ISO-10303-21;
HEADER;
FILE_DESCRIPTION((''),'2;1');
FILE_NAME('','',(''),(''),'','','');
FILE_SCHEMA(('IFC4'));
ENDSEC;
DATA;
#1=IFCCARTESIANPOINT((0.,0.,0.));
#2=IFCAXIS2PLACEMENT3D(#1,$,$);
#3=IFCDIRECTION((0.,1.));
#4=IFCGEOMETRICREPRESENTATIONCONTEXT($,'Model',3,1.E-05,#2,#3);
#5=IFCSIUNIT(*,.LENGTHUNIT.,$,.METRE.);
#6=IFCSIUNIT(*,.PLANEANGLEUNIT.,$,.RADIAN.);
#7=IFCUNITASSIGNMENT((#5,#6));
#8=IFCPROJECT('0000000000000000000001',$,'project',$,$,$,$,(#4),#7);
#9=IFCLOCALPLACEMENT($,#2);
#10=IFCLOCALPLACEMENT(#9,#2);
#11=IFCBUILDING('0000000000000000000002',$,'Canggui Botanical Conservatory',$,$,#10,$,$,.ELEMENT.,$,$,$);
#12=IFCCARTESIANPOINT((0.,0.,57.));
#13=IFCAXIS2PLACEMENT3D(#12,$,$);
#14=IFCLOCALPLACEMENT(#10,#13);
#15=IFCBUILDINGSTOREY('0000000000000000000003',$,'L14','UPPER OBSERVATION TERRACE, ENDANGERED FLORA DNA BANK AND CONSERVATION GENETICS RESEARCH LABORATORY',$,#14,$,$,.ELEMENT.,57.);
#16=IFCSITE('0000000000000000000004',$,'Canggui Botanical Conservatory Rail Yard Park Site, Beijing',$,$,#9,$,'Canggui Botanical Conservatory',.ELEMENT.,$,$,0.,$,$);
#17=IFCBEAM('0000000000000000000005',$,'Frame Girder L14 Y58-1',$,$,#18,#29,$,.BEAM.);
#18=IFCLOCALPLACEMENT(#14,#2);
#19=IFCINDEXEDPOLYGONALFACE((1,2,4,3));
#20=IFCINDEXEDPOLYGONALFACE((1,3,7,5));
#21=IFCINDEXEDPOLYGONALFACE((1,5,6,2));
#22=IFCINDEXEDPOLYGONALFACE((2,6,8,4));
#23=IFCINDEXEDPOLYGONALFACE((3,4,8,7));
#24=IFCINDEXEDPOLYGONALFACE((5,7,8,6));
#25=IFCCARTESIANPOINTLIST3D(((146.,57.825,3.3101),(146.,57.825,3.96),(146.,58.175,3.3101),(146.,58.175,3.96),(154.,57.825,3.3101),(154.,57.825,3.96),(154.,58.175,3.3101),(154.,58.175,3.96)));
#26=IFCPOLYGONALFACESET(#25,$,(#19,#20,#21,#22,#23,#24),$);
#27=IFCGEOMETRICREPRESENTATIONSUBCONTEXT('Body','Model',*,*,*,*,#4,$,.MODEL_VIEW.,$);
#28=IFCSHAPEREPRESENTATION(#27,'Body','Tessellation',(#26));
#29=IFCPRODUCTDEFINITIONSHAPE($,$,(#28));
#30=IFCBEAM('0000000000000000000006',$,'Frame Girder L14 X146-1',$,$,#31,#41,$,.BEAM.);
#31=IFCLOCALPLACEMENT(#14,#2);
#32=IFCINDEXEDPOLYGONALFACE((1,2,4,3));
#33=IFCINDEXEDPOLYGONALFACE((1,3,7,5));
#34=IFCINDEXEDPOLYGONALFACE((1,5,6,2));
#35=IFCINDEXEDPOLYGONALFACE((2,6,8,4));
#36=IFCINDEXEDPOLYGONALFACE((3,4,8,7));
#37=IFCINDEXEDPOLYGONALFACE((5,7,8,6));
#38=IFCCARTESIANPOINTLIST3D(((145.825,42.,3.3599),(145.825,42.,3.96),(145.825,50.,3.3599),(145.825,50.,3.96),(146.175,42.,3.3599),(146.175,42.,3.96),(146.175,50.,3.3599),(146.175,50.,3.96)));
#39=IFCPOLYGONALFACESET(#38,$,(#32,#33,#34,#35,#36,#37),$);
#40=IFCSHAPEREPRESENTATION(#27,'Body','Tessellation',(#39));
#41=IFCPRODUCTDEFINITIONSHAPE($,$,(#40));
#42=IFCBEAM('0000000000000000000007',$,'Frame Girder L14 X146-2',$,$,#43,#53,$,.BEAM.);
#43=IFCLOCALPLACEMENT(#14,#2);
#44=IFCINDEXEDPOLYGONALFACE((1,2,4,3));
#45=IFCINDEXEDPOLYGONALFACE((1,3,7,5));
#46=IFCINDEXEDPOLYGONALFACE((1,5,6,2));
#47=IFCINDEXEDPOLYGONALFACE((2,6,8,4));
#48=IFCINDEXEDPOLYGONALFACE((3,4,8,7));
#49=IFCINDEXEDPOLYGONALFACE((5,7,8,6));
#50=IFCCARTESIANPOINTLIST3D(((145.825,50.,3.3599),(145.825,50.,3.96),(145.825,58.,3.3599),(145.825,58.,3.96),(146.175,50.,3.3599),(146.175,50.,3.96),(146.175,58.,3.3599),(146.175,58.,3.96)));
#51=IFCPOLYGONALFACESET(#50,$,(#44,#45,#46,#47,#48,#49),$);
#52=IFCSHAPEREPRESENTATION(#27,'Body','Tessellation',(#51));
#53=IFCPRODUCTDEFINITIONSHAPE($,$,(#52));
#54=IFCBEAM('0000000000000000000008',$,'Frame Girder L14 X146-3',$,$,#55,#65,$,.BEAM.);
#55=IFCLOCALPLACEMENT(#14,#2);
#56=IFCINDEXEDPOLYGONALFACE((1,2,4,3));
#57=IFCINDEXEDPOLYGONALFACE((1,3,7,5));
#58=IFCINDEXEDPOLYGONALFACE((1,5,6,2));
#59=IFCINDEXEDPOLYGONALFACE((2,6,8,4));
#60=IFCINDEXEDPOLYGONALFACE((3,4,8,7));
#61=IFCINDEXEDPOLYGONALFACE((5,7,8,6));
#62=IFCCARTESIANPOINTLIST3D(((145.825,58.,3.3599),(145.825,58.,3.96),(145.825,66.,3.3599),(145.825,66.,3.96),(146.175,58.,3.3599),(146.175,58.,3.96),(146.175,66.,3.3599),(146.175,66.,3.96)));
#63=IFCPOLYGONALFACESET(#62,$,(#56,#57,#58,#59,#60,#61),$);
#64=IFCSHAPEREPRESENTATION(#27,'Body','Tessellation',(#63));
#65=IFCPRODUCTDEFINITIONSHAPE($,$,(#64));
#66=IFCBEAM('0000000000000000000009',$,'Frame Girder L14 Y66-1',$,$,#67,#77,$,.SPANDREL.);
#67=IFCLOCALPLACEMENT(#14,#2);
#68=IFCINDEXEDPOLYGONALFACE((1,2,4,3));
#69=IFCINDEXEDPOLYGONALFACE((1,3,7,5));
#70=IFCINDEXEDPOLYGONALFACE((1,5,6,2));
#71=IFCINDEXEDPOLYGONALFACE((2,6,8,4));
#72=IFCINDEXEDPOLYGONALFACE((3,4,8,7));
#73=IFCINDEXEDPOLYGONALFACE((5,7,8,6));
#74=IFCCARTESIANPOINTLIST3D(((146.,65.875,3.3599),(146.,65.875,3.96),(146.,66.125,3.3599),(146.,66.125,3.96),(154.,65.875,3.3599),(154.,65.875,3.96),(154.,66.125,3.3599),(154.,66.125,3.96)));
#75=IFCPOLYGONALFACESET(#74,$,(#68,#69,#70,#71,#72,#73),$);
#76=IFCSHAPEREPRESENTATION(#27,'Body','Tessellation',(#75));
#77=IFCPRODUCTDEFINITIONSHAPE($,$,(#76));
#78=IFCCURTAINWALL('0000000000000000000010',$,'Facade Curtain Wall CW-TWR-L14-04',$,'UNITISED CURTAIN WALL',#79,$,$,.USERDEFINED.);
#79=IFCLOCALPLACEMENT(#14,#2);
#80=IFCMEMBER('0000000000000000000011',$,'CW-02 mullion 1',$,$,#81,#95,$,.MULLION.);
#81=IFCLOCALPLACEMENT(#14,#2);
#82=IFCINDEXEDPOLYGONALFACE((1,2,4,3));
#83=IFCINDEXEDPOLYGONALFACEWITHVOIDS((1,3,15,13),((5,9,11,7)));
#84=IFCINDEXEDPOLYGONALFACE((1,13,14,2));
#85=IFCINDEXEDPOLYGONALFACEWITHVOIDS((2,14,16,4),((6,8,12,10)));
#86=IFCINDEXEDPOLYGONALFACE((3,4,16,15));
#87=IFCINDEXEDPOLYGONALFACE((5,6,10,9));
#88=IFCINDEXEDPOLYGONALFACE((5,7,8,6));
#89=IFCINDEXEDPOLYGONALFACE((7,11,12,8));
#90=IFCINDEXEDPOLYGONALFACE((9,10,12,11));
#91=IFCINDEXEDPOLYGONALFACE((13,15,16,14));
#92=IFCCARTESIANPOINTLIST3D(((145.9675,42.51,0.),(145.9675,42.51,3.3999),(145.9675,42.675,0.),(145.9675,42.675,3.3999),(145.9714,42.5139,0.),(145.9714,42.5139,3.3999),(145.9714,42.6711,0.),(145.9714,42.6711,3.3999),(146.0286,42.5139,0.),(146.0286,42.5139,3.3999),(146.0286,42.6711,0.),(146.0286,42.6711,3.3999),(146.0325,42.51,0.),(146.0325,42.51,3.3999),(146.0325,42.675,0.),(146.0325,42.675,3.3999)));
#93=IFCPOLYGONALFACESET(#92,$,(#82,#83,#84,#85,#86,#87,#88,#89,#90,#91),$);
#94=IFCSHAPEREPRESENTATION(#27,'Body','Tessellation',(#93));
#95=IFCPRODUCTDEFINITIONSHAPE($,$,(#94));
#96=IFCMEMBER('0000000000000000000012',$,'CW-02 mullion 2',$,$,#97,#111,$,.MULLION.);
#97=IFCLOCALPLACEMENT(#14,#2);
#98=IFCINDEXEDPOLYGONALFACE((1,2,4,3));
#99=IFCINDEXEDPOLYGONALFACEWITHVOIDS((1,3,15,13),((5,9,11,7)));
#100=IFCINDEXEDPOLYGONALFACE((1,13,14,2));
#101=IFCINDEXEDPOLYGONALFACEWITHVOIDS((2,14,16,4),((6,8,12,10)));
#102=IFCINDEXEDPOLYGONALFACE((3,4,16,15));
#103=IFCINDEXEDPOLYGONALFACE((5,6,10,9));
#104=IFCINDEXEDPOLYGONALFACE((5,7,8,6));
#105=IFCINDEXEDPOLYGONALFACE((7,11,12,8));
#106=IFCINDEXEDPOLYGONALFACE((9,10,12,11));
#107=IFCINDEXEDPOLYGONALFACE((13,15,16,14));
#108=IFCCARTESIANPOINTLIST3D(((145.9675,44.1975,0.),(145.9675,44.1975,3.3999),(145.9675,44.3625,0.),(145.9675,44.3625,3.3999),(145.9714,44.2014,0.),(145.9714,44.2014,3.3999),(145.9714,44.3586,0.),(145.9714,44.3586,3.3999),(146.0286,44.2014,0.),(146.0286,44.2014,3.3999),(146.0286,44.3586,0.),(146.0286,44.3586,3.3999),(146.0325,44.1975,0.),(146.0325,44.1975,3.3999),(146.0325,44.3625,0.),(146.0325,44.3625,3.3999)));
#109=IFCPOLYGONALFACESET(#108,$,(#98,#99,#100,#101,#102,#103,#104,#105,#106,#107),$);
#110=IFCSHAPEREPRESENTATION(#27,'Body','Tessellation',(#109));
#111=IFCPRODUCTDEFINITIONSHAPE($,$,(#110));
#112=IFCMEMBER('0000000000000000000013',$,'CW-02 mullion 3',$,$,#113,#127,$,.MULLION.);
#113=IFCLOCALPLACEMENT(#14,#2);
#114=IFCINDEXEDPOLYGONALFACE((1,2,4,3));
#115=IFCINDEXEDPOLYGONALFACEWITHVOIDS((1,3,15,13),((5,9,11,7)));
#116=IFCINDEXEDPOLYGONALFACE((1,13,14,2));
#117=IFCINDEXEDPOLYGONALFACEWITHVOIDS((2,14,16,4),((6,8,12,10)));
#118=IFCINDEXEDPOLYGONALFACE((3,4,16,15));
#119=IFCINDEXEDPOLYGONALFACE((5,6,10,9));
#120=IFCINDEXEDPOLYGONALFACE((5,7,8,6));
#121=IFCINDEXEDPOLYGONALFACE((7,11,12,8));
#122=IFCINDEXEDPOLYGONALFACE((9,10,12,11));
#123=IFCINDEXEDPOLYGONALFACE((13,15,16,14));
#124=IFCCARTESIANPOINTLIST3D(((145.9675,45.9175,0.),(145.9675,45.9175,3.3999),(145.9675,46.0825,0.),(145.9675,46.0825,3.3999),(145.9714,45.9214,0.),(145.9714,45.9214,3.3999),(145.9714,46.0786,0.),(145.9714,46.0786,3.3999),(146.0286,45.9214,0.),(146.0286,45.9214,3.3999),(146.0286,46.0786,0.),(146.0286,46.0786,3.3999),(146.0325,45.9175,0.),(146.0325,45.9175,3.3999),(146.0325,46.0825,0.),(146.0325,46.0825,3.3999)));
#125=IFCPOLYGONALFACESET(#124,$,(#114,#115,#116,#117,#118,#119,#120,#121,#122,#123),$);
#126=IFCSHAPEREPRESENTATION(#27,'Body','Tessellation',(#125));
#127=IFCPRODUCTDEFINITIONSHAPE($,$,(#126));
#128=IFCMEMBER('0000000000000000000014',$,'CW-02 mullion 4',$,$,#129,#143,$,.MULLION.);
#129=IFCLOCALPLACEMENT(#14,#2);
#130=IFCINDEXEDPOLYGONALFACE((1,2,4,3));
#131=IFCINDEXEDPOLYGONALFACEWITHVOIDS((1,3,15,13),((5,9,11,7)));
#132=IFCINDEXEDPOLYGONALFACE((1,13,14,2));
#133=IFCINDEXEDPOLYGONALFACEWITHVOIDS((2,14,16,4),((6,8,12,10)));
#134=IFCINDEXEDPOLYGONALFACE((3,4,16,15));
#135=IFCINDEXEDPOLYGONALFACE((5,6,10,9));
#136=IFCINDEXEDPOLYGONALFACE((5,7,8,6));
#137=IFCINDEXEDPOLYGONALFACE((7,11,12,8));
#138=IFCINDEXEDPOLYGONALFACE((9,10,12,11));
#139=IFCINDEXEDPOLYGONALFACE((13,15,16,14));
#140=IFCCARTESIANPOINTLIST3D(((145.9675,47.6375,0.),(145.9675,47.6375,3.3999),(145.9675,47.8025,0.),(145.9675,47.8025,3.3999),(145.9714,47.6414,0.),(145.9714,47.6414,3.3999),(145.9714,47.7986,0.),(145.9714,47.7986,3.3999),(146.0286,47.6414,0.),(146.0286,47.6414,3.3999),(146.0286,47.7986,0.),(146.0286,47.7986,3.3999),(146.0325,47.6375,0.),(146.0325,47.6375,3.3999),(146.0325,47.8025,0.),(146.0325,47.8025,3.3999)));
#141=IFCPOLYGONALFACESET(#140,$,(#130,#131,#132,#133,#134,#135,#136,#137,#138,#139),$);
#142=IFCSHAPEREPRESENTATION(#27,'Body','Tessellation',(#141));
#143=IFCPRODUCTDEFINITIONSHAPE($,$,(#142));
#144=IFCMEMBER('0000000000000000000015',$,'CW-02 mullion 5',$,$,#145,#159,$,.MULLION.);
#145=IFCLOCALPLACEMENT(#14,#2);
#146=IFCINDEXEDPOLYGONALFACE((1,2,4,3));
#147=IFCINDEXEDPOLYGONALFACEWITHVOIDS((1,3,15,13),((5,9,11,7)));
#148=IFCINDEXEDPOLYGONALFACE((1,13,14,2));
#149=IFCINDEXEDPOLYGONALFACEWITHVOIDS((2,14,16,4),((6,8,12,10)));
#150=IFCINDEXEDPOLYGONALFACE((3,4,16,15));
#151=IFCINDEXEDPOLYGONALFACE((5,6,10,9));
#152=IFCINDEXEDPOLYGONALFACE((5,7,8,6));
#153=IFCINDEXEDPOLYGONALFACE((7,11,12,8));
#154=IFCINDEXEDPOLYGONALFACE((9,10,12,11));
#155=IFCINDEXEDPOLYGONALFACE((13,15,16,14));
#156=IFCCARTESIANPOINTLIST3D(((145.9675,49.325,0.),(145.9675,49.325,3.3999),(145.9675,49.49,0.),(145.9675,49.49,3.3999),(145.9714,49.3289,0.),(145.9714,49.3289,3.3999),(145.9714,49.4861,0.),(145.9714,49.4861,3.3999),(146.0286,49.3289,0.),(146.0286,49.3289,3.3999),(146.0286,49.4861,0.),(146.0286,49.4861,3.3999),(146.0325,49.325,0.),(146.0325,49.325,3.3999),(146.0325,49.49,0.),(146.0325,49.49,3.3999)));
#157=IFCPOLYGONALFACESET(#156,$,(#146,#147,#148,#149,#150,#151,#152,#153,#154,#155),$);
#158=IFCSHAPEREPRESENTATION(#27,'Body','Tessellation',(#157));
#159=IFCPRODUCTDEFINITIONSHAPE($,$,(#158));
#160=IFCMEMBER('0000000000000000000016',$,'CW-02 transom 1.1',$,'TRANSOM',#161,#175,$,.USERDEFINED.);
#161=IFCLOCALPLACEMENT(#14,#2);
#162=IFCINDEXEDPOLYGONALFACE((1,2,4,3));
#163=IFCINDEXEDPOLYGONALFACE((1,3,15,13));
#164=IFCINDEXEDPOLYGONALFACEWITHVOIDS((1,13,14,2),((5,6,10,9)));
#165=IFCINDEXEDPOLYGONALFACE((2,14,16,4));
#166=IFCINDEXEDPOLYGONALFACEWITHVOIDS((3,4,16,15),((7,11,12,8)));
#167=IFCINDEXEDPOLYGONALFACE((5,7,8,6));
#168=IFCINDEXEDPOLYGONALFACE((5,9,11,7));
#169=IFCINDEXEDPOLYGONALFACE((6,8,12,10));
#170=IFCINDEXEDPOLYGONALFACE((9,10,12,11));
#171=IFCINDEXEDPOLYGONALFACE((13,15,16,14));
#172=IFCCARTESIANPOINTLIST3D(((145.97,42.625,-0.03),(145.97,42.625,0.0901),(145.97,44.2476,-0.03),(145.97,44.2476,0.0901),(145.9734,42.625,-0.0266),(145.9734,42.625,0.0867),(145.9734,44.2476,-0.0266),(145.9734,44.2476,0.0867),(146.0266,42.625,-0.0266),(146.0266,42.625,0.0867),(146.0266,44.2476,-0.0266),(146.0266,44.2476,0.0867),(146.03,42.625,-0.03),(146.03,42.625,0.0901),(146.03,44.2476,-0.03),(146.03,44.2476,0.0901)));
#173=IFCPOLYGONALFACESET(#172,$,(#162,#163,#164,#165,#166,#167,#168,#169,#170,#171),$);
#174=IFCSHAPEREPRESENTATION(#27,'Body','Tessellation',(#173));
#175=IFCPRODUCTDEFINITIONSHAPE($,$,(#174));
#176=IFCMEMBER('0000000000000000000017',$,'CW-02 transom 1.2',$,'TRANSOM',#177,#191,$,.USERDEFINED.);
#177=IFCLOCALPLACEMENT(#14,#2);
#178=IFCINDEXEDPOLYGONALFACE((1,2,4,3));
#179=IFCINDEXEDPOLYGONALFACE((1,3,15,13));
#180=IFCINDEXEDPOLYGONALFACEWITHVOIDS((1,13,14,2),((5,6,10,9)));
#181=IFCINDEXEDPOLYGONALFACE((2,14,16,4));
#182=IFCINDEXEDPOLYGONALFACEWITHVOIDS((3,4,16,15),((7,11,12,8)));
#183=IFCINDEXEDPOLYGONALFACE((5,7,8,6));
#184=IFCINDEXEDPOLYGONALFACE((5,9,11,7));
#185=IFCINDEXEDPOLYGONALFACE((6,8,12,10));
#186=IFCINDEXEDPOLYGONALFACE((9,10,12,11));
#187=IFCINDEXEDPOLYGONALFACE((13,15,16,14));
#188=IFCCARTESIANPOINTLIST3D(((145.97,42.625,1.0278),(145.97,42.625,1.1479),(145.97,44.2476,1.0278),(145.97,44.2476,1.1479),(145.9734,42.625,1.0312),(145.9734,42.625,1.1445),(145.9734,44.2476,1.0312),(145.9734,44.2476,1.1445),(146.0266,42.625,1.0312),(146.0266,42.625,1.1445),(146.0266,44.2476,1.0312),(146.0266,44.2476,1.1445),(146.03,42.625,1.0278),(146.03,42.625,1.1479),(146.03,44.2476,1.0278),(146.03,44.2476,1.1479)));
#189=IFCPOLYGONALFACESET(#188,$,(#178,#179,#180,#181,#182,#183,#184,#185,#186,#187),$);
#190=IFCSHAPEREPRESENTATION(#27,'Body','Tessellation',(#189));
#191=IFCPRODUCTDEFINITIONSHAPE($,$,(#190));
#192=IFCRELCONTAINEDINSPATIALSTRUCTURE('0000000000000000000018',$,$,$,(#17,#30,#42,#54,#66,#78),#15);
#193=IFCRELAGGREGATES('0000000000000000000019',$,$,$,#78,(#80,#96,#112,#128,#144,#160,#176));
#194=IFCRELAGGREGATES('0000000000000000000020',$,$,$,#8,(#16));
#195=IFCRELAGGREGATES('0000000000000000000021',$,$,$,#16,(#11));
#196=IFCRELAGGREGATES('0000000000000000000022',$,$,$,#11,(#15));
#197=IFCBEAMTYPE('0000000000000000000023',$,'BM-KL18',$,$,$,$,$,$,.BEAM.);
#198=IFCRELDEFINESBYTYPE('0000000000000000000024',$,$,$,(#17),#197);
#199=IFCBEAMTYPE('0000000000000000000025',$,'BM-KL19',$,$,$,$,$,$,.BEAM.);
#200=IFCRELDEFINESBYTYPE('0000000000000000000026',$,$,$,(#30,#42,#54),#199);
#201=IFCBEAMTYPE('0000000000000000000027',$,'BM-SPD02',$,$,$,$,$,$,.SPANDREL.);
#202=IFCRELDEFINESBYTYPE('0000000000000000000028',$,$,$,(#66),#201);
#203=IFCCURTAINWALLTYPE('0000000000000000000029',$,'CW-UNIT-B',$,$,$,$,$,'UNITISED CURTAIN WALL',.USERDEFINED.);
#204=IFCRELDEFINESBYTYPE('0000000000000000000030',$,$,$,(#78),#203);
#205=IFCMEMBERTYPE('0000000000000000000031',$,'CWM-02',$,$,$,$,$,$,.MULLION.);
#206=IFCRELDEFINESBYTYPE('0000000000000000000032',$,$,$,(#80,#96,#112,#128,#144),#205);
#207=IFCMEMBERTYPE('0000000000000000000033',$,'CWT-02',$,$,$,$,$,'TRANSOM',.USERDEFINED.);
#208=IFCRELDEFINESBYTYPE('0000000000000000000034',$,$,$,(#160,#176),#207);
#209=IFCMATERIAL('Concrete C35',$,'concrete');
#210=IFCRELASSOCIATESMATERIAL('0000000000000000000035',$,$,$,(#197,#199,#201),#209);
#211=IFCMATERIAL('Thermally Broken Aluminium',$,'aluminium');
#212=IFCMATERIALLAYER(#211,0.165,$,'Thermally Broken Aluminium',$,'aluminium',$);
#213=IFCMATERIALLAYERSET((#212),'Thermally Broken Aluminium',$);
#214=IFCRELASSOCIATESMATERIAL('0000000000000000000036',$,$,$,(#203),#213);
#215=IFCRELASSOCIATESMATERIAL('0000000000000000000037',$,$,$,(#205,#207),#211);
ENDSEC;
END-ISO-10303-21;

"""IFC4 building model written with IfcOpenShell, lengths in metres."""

from ifc_helpers import new_model, si_unit, direction, frame, origin, origin_2d, place, context, subcontext, project, spatial, rectangle, hollow_rectangle, extrude, material, layer, layer_set, material_profile, profile_set, type_object, element, aggregate, save


model = new_model("IFC4")

# Units and contexts
model_context = context("Model", 3, precision=1e-05, world=origin(), true_north=direction((0.0, 1.0)))
body_context = subcontext(model_context, "Body", "Model", "MODEL_VIEW")
ifc_project = project(units=[si_unit("LENGTHUNIT", "METRE"), si_unit("PLANEANGLEUNIT", "RADIAN")], contexts=[model_context])

# Site, building, storey
site_placement = place(None, origin())
site = spatial("IfcSite", under=ifc_project, at=site_placement, Name="Canggui Botanical Conservatory Rail Yard Park Site, Beijing", LongName="Canggui Botanical Conservatory", CompositionType="ELEMENT", RefElevation=0.0)
building_placement = place(site_placement, origin())
building = spatial("IfcBuilding", under=site, at=building_placement, Name="Canggui Botanical Conservatory", CompositionType="ELEMENT")
storey_placement = place(building_placement, frame((0.0, 0.0, 57.0)))
storey = spatial("IfcBuildingStorey", under=building, at=storey_placement, Name="L14", Description="UPPER OBSERVATION TERRACE, ENDANGERED FLORA DNA BANK AND CONSERVATION GENETICS RESEARCH LABORATORY", CompositionType="ELEMENT", Elevation=57.0)

# Beams
ifc_material_1 = material(Name="Concrete C35", Category="concrete")
ifc_material_profile_1 = material_profile(ifc_material_1, rectangle(XDim=0.3501, YDim=0.6499, at=origin_2d()), Name="RB 350x650")
ifc_profile_set_1 = profile_set([ifc_material_profile_1], Name="Concrete C35")
beam_type_1 = type_object("IfcBeamType", Name="BM-KL18", PredefinedType="BEAM", material=ifc_profile_set_1)
beam_1_placement = place(storey_placement, frame((146.0, 58.0, 3.635), z_axis=(1.0, 0.0, 0.0), x_axis=(0.0, 1.0, 0.0)))
element("IfcBeam", 1, at=beam_1_placement, inside=storey, type_object=beam_type_1, Name="Frame Girder L14 Y58-1", PredefinedType="BEAM", context=body_context, shape_type="SweptSolid", body=[
    extrude(rectangle(XDim=0.3501, YDim=0.6499, at=origin_2d()), origin(), (0.0, 0.0, 1.0), 8.0),
])
ifc_material_profile_2 = material_profile(ifc_material_1, rectangle(XDim=0.3501, YDim=0.6001, at=origin_2d()), Name="RB 350x600")
ifc_profile_set_2 = profile_set([ifc_material_profile_2], Name="Concrete C35")
beam_type_2 = type_object("IfcBeamType", Name="BM-KL19", PredefinedType="BEAM", material=ifc_profile_set_2)
for number, where, z_axis, x_axis, name in (
    (2, (146.0, 42.0, 3.6599), (0.0, 1.0, 0.0), (-1.0, 0.0, 0.0), "Frame Girder L14 X146-1"),
    (3, (146.0, 50.0, 3.6599), (0.0, 1.0, 0.0), (-1.0, 0.0, 0.0), "Frame Girder L14 X146-2"),
    (4, (146.0, 58.0, 3.6599), (0.0, 1.0, 0.0), (-1.0, 0.0, 0.0), "Frame Girder L14 X146-3"),
):
    element("IfcBeam", number, at=place(storey_placement, frame(where, z_axis=z_axis, x_axis=x_axis)), inside=storey, type_object=beam_type_2, Name=name, PredefinedType="BEAM", context=body_context, shape_type="SweptSolid", body=[
        extrude(rectangle(XDim=0.3501, YDim=0.6001, at=origin_2d()), origin(), (0.0, 0.0, 1.0), 8.0),
    ])
ifc_material_profile_3 = material_profile(ifc_material_1, rectangle(XDim=0.25, YDim=0.6001, at=origin_2d()), Name="RB 250x600")
ifc_profile_set_3 = profile_set([ifc_material_profile_3], Name="Concrete C35")
beam_type_3 = type_object("IfcBeamType", Name="BM-SPD02", PredefinedType="SPANDREL", material=ifc_profile_set_3)
beam_2_placement = place(storey_placement, frame((146.0, 66.0, 3.6599), z_axis=(1.0, 0.0, 0.0), x_axis=(0.0, 1.0, 0.0)))
element("IfcBeam", 5, at=beam_2_placement, inside=storey, type_object=beam_type_3, Name="Frame Girder L14 Y66-1", PredefinedType="SPANDREL", context=body_context, shape_type="SweptSolid", body=[
    extrude(rectangle(XDim=0.25, YDim=0.6001, at=origin_2d()), origin(), (0.0, 0.0, 1.0), 8.0),
])

# Curtain wall, members
ifc_material_2 = material(Name="Thermally Broken Aluminium", Category="aluminium")
ifc_layer_1 = layer(ifc_material_2, 0.165, Name="Thermally Broken Aluminium", Category="aluminium")
ifc_layer_set_1 = layer_set([ifc_layer_1], Name="Thermally Broken Aluminium")
curtain_wall_type = type_object("IfcCurtainWallType", Name="CW-UNIT-B", ElementType="UNITISED CURTAIN WALL", PredefinedType="USERDEFINED", material=ifc_layer_set_1)
curtain_wall_placement = place(storey_placement, origin())
curtain_wall = element("IfcCurtainWall", 6, at=curtain_wall_placement, inside=storey, type_object=curtain_wall_type, Name="Facade Curtain Wall CW-TWR-L14-04", ObjectType="UNITISED CURTAIN WALL", PredefinedType="USERDEFINED")
ifc_material_profile_4 = material_profile(ifc_material_2, hollow_rectangle(XDim=0.0649, YDim=0.165, WallThickness=0.0039, at=origin_2d()), Name="CWM 65x165x4")
ifc_profile_set_4 = profile_set([ifc_material_profile_4], Name="Thermally Broken Aluminium")
member_type_1 = type_object("IfcMemberType", Name="CWM-02", PredefinedType="MULLION", material=ifc_profile_set_4)
member_1_placement = place(storey_placement, frame((146.0, 42.5925, 0.0), z_axis=(0.0, 0.0, 1.0), x_axis=(-1.0, 0.0, 0.0)))
member_1 = element("IfcMember", 7, at=member_1_placement, type_object=member_type_1, Name="CW-02 mullion 1", PredefinedType="MULLION", context=body_context, shape_type="SweptSolid", body=[
    extrude(hollow_rectangle(XDim=0.0649, YDim=0.165, WallThickness=0.0039, at=origin_2d()), origin(), (0.0, 0.0, 1.0), 3.3999),
])
member_2_placement = place(storey_placement, frame((146.0, 44.28, 0.0), z_axis=(0.0, 0.0, 1.0), x_axis=(-1.0, 0.0, 0.0)))
member_2 = element("IfcMember", 8, at=member_2_placement, type_object=member_type_1, Name="CW-02 mullion 2", PredefinedType="MULLION", context=body_context, shape_type="SweptSolid", body=[
    extrude(hollow_rectangle(XDim=0.0649, YDim=0.165, WallThickness=0.0039, at=origin_2d()), origin(), (0.0, 0.0, 1.0), 3.3999),
])
member_3_placement = place(storey_placement, frame((146.0, 46.0, 0.0), z_axis=(0.0, 0.0, 1.0), x_axis=(-1.0, 0.0, 0.0)))
member_3 = element("IfcMember", 9, at=member_3_placement, type_object=member_type_1, Name="CW-02 mullion 3", PredefinedType="MULLION", context=body_context, shape_type="SweptSolid", body=[
    extrude(hollow_rectangle(XDim=0.0649, YDim=0.165, WallThickness=0.0039, at=origin_2d()), origin(), (0.0, 0.0, 1.0), 3.3999),
])
member_4_placement = place(storey_placement, frame((146.0, 47.72, 0.0), z_axis=(0.0, 0.0, 1.0), x_axis=(-1.0, 0.0, 0.0)))
member_4 = element("IfcMember", 10, at=member_4_placement, type_object=member_type_1, Name="CW-02 mullion 4", PredefinedType="MULLION", context=body_context, shape_type="SweptSolid", body=[
    extrude(hollow_rectangle(XDim=0.0649, YDim=0.165, WallThickness=0.0039, at=origin_2d()), origin(), (0.0, 0.0, 1.0), 3.3999),
])
member_5_placement = place(storey_placement, frame((146.0, 49.4075, 0.0), z_axis=(0.0, 0.0, 1.0), x_axis=(-1.0, 0.0, 0.0)))
member_5 = element("IfcMember", 11, at=member_5_placement, type_object=member_type_1, Name="CW-02 mullion 5", PredefinedType="MULLION", context=body_context, shape_type="SweptSolid", body=[
    extrude(hollow_rectangle(XDim=0.0649, YDim=0.165, WallThickness=0.0039, at=origin_2d()), origin(), (0.0, 0.0, 1.0), 3.3999),
])
ifc_material_profile_5 = material_profile(ifc_material_2, hollow_rectangle(XDim=0.0601, YDim=0.1201, WallThickness=0.0034, at=origin_2d()), Name="CWT 60x120x3.5")
ifc_profile_set_5 = profile_set([ifc_material_profile_5], Name="Thermally Broken Aluminium")
member_type_2 = type_object("IfcMemberType", Name="CWT-02", ElementType="TRANSOM", PredefinedType="USERDEFINED", material=ifc_profile_set_5)
member_6_placement = place(storey_placement, frame((146.0, 42.625, 0.03), z_axis=(0.0, 1.0, 0.0), x_axis=(-1.0, 0.0, 0.0)))
member_6 = element("IfcMember", 12, at=member_6_placement, type_object=member_type_2, Name="CW-02 transom 1.1", ObjectType="TRANSOM", PredefinedType="USERDEFINED", context=body_context, shape_type="SweptSolid", body=[
    extrude(hollow_rectangle(XDim=0.0601, YDim=0.1201, WallThickness=0.0034, at=origin_2d()), origin(), (0.0, 0.0, 1.0), 1.6226),
])
member_7_placement = place(storey_placement, frame((146.0, 42.625, 1.0879), z_axis=(0.0, 1.0, 0.0), x_axis=(-1.0, 0.0, 0.0)))
member_7 = element("IfcMember", 13, at=member_7_placement, type_object=member_type_2, Name="CW-02 transom 1.2", ObjectType="TRANSOM", PredefinedType="USERDEFINED", context=body_context, shape_type="SweptSolid", body=[
    extrude(hollow_rectangle(XDim=0.0601, YDim=0.1201, WallThickness=0.0034, at=origin_2d()), origin(), (0.0, 0.0, 1.0), 1.6226),
])
aggregate(curtain_wall, [member_1, member_2, member_3, member_4, member_5, member_6, member_7])

save(model, "model.ifc")
